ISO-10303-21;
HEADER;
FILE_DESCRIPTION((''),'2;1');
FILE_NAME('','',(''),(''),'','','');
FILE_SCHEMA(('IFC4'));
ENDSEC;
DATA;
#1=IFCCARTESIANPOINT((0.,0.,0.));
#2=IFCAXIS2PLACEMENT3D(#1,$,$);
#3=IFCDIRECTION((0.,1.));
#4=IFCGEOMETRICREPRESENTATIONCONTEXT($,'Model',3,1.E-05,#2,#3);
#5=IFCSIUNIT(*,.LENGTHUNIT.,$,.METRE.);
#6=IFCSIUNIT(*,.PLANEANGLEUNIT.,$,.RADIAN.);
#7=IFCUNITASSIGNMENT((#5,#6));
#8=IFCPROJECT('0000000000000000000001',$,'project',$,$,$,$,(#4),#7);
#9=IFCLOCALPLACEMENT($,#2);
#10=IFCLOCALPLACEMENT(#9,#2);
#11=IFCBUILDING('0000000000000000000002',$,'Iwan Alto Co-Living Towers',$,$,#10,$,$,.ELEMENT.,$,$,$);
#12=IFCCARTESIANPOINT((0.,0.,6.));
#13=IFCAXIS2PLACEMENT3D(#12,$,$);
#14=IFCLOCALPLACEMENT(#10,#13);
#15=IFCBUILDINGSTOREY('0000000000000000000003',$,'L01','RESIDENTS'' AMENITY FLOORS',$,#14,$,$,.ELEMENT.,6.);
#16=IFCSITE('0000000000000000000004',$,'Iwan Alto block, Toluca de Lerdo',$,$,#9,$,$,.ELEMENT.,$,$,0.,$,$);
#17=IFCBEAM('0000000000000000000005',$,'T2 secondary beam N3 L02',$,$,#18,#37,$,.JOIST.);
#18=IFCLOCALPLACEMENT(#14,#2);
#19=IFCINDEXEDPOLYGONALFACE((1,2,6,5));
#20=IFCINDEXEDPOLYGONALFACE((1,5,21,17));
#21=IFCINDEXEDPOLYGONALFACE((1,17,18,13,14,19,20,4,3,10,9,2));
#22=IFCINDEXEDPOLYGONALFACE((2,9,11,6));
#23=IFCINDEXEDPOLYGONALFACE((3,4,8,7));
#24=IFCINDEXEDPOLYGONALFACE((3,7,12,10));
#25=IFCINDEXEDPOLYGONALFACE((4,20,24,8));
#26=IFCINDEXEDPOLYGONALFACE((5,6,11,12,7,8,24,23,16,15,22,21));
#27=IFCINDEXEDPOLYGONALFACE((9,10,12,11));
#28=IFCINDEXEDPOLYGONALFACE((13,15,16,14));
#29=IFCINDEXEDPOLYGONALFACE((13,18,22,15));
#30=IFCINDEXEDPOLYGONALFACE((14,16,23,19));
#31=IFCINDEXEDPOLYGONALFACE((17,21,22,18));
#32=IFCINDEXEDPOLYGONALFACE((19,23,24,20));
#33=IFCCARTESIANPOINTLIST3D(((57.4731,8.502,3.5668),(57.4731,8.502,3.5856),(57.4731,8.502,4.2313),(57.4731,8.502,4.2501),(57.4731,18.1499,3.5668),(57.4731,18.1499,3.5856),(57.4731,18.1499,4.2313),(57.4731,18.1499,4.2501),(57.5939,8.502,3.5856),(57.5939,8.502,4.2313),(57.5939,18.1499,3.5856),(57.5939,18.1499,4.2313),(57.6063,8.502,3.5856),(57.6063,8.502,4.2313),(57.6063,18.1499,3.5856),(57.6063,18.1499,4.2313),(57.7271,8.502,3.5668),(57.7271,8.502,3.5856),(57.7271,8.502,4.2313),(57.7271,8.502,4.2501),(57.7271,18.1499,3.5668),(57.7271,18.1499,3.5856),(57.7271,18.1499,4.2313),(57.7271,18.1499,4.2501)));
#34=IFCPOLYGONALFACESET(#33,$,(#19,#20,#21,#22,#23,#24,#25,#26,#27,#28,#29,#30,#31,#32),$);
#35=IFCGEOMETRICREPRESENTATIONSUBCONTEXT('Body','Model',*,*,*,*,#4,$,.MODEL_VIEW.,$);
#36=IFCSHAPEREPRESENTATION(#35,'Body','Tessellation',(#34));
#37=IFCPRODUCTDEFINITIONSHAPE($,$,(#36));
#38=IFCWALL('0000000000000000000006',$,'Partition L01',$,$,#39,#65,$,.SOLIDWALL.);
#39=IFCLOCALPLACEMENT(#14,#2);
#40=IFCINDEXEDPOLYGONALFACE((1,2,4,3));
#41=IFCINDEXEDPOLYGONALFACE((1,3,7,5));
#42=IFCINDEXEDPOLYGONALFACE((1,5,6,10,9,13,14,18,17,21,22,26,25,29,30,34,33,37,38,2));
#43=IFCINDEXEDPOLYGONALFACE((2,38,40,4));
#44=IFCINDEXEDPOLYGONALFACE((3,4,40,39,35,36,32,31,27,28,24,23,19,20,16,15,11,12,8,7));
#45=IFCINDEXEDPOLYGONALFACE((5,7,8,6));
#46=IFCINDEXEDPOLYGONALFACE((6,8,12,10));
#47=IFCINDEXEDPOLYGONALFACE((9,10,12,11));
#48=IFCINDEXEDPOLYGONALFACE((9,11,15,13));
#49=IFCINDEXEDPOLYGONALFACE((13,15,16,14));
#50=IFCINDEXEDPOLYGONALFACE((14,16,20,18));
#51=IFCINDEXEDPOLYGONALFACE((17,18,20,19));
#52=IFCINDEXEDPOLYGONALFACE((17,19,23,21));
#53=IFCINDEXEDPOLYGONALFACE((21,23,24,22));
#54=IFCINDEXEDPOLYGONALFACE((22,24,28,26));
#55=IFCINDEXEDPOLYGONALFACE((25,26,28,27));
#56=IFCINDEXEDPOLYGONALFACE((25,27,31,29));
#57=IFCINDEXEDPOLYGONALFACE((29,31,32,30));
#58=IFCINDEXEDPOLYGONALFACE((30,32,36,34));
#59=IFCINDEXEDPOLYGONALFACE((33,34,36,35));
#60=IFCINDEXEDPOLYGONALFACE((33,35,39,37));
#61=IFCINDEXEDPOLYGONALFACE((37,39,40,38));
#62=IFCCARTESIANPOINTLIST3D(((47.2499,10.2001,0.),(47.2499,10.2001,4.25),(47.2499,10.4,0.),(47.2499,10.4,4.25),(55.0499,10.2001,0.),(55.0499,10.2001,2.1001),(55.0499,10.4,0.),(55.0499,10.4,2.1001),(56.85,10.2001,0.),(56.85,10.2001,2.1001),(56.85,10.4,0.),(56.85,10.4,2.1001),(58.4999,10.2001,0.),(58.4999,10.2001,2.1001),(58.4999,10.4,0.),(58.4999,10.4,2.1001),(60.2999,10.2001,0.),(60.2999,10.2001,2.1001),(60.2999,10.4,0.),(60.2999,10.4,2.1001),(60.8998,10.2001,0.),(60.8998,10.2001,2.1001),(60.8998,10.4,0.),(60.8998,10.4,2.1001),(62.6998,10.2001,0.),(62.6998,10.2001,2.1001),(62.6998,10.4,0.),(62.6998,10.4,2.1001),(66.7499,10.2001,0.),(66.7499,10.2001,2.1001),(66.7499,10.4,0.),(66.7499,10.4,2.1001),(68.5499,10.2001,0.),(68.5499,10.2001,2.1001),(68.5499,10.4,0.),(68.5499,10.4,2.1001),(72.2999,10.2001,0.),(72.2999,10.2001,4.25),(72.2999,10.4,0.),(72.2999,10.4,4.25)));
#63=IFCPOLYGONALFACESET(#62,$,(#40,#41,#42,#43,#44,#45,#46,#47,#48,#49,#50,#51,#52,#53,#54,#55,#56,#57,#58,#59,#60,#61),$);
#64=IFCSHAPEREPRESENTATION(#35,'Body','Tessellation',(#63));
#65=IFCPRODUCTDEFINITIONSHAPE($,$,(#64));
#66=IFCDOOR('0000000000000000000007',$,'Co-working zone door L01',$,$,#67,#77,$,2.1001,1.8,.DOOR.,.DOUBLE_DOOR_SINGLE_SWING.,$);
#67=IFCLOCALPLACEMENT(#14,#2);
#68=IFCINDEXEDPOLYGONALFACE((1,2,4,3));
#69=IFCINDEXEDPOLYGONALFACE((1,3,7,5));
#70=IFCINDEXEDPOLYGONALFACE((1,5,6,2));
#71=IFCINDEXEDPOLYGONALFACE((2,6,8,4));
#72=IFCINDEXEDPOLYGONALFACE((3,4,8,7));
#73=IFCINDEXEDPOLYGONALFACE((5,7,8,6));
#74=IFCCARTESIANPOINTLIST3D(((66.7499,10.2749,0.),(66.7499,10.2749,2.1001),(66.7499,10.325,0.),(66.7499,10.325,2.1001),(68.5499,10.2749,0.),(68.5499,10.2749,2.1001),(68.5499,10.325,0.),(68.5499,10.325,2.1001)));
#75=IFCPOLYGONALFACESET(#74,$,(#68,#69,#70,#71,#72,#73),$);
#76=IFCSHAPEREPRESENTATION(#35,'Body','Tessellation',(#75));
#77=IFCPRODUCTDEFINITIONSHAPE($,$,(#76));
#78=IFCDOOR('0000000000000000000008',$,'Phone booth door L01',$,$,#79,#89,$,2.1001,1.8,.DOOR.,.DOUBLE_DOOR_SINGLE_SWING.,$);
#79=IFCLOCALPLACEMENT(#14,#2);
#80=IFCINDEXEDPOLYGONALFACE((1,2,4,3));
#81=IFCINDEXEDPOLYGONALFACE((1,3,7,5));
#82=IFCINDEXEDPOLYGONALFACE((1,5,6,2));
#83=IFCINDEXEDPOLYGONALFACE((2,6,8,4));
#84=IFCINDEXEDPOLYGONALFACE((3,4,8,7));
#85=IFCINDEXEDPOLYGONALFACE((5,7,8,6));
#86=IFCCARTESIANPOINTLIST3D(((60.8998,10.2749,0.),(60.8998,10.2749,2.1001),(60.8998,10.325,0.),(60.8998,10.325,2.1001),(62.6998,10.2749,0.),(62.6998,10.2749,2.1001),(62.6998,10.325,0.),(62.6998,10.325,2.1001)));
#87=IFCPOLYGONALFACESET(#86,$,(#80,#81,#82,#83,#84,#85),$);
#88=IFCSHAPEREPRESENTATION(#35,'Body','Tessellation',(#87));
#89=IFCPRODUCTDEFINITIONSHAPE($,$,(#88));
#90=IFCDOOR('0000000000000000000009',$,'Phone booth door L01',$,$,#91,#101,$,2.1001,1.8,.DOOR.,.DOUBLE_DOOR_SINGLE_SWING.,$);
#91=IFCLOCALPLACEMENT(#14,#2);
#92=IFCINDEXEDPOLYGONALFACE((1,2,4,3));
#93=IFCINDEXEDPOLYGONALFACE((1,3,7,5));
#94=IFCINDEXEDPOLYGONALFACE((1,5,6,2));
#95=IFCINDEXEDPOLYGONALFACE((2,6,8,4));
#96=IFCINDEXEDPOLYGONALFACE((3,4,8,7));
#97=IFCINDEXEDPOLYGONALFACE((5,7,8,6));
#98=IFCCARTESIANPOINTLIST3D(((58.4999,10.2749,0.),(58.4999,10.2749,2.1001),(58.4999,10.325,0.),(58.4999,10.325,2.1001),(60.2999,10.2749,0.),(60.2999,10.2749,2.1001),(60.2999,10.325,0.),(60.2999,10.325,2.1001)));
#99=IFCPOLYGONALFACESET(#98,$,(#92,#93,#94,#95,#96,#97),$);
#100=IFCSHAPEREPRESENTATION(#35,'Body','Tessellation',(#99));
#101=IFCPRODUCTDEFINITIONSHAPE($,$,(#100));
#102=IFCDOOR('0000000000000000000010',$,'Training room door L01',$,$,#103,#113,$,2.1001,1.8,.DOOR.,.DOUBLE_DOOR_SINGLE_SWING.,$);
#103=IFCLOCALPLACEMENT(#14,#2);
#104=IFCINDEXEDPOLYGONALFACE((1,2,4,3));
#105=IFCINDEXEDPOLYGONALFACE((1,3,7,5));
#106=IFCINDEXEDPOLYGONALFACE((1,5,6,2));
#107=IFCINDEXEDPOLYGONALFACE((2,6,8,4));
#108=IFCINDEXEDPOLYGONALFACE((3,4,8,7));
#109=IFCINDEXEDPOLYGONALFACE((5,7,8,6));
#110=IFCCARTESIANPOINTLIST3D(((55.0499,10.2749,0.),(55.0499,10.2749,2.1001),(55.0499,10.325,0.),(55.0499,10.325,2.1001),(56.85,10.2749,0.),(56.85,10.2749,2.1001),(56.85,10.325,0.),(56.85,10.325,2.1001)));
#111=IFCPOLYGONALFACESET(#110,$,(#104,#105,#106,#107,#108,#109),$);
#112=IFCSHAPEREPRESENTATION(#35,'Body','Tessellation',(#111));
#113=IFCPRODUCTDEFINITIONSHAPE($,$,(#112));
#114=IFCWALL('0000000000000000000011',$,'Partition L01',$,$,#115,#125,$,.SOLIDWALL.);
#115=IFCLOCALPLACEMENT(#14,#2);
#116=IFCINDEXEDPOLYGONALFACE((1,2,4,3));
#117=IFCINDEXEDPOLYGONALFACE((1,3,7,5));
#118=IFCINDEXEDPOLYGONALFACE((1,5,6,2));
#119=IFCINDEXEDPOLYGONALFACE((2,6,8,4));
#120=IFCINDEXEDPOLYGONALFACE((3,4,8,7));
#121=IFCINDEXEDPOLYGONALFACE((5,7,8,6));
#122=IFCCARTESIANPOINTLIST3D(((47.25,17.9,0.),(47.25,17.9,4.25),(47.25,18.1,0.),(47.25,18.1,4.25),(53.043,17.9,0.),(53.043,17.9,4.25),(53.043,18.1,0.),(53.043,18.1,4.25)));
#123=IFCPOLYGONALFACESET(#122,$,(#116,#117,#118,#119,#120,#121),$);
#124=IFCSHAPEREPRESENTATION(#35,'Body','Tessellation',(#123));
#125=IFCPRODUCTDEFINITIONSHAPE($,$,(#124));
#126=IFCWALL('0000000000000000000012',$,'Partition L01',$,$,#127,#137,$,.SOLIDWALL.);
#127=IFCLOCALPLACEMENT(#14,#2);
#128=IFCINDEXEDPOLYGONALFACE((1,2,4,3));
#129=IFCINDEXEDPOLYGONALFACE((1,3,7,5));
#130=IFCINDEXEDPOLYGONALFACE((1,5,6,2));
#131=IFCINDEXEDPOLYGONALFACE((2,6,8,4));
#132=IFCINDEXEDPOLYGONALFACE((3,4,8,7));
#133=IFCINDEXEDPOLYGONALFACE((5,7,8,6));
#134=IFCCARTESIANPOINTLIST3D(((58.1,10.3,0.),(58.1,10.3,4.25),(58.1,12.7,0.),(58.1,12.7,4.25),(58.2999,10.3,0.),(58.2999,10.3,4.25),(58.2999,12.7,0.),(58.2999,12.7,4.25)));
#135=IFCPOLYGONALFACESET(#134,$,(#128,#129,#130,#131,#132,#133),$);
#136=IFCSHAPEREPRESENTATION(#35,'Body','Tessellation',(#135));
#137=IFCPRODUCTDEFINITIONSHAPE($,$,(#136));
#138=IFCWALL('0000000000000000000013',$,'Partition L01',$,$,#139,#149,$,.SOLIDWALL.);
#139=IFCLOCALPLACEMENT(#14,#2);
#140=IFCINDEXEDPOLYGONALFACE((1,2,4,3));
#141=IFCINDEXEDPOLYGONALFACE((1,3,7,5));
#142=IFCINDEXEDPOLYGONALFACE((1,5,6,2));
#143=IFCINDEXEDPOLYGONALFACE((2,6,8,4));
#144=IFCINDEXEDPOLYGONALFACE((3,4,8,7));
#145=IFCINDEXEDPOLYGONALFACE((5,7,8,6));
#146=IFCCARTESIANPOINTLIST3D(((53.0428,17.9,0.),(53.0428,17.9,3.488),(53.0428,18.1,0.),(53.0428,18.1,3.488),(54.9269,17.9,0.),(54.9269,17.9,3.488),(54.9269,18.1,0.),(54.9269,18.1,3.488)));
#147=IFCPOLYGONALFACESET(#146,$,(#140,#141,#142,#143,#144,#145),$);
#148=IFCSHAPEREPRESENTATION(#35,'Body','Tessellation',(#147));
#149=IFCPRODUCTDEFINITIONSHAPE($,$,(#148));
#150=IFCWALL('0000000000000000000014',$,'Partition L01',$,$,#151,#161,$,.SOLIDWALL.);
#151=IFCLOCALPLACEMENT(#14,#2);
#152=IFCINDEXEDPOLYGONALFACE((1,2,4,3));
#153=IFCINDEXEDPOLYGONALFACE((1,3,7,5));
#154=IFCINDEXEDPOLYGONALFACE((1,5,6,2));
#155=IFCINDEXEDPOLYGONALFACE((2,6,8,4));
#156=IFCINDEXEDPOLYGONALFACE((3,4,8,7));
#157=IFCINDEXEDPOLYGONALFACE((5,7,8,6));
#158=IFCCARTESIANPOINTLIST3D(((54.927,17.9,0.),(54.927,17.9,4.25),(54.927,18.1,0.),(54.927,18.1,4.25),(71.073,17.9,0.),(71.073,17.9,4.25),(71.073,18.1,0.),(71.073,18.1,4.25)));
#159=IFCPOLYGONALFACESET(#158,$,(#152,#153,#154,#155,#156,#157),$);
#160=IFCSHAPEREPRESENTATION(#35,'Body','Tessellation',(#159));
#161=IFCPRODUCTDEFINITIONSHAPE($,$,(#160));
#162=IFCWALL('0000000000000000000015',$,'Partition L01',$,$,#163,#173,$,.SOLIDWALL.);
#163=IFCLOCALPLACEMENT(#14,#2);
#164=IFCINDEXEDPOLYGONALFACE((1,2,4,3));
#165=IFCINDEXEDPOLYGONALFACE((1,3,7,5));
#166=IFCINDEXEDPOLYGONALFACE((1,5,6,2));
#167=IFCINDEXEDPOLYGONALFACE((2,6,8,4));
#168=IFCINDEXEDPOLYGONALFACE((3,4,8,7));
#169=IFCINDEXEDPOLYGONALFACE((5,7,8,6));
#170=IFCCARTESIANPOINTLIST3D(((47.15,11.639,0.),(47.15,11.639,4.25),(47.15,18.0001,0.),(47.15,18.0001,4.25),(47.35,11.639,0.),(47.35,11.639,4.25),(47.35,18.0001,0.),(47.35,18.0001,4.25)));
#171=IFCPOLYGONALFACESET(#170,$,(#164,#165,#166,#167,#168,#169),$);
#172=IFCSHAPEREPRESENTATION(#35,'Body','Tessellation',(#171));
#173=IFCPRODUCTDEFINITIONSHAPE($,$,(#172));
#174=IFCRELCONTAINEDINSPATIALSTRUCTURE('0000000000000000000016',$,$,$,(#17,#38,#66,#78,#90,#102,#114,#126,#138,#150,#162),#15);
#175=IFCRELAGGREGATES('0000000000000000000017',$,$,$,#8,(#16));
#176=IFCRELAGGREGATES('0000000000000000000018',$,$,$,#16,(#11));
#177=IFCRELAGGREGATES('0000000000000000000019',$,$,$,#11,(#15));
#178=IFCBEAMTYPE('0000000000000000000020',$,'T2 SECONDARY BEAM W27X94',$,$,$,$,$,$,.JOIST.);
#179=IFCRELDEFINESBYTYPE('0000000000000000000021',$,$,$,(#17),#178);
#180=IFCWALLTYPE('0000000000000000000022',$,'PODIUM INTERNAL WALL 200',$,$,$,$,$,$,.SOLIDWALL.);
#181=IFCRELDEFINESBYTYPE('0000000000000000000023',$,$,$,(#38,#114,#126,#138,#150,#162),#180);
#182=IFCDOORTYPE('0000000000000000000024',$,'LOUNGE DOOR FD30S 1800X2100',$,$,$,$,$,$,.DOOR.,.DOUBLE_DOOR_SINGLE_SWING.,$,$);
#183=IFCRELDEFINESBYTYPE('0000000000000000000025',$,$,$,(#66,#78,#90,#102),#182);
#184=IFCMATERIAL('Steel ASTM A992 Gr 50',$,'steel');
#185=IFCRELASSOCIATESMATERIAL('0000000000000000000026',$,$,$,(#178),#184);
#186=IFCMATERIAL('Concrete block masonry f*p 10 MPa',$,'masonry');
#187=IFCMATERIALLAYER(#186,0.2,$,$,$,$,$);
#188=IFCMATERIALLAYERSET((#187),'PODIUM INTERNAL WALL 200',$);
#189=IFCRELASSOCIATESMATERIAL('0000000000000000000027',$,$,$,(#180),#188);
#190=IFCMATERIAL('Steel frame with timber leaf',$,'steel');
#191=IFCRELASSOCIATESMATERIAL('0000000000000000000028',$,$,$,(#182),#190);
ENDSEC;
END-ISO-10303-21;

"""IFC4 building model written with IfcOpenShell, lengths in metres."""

from ifc_helpers import new_model, si_unit, direction, frame, frame_2d, origin, origin_2d, place, context, subcontext, project, spatial, rectangle, i_section, extrude, material, layer, layer_set, material_profile, profile_set, type_object, element, fill, save


model = new_model("IFC4")

# Units and contexts
model_context = context("Model", 3, precision=1e-05, world=origin(), true_north=direction((0.0, 1.0)))
body_context = subcontext(model_context, "Body", "Model", "MODEL_VIEW")
ifc_project = project(units=[si_unit("LENGTHUNIT", "METRE"), si_unit("PLANEANGLEUNIT", "RADIAN")], contexts=[model_context])

# Site, building, storey
site_placement = place(None, origin())
site = spatial("IfcSite", under=ifc_project, at=site_placement, Name="Iwan Alto block, Toluca de Lerdo", CompositionType="ELEMENT", RefElevation=0.0)
building_placement = place(site_placement, origin())
building = spatial("IfcBuilding", under=site, at=building_placement, Name="Iwan Alto Co-Living Towers", CompositionType="ELEMENT")
storey_placement = place(building_placement, frame((0.0, 0.0, 6.0)))
storey = spatial("IfcBuildingStorey", under=building, at=storey_placement, Name="L01", Description="RESIDENTS' AMENITY FLOORS", CompositionType="ELEMENT", Elevation=6.0)

# Beam
ifc_material_1 = material(Name="Steel ASTM A992 Gr 50", Category="steel")
ifc_material_profile_1 = material_profile(ifc_material_1, i_section(OverallWidth=0.2539, OverallDepth=0.6833, WebThickness=0.0125, FlangeThickness=0.0188, at=origin_2d()), Name="W27X94")
ifc_profile_set_1 = profile_set([ifc_material_profile_1], Name="Steel ASTM A992 Gr 50")
beam_type_1 = type_object("IfcBeamType", Name="T2 SECONDARY BEAM W27X94", PredefinedType="JOIST", material=ifc_profile_set_1)
beam_1_placement = place(storey_placement, frame((57.6001, 18.1499, 3.9084), z_axis=(0.0, -1.0, 0.0), x_axis=(1.0, 0.0, 0.0)))
element("IfcBeam", 1, at=beam_1_placement, inside=storey, type_object=beam_type_1, Name="T2 secondary beam N3 L02", PredefinedType="JOIST", context=body_context, shape_type="SweptSolid", body=[
    extrude(i_section(OverallWidth=0.2539, OverallDepth=0.6833, WebThickness=0.0125, FlangeThickness=0.0188, at=origin_2d()), origin(), (0.0, 0.0, 1.0), 9.6479),
])

# Wall, openings, doors
ifc_material_2 = material(Name="Concrete block masonry f*p 10 MPa", Category="masonry")
ifc_layer = layer(ifc_material_2, 0.2)
ifc_layer_set = layer_set([ifc_layer], Name="PODIUM INTERNAL WALL 200")
wall_type = type_object("IfcWallType", Name="PODIUM INTERNAL WALL 200", PredefinedType="SOLIDWALL", material=ifc_layer_set)
wall_1_placement = place(storey_placement, frame((47.25, 10.3, 0.0), z_axis=(0.0, 0.0, 1.0), x_axis=(1.0, 0.0, 0.0)))
wall_1 = element("IfcWall", 2, at=wall_1_placement, inside=storey, type_object=wall_type, Name="Partition L01", PredefinedType="SOLIDWALL", context=body_context, shape_type="SweptSolid", body=[
    extrude(rectangle(XDim=25.05, YDim=0.2, at=frame_2d((12.5249, 0.0))), origin(), (0.0, 0.0, 1.0), 4.25),
])
opening_1_placement = place(wall_1_placement, frame((19.5, 0.0, 0.0)))
opening_1 = element("IfcOpeningElement", 3, at=opening_1_placement, cuts=wall_1, PredefinedType="OPENING", context=body_context, shape_type="SweptSolid", body=[
    extrude(rectangle(XDim=1.8, YDim=2.1001, at=frame_2d((0.8999, 1.05))), frame((0.0, 0.1099, 0.0), z_axis=(0.0, -1.0, 0.0), x_axis=(1.0, 0.0, 0.0)), (0.0, 0.0, 1.0), 0.22),
])
opening_2_placement = place(wall_1_placement, frame((13.6499, 0.0, 0.0)))
opening_2 = element("IfcOpeningElement", 4, at=opening_2_placement, cuts=wall_1, PredefinedType="OPENING", context=body_context, shape_type="SweptSolid", body=[
    extrude(rectangle(XDim=1.8, YDim=2.1001, at=frame_2d((0.8999, 1.05))), frame((0.0, 0.1099, 0.0), z_axis=(0.0, -1.0, 0.0), x_axis=(1.0, 0.0, 0.0)), (0.0, 0.0, 1.0), 0.22),
])
opening_3_placement = place(wall_1_placement, frame((11.25, 0.0, 0.0)))
opening_3 = element("IfcOpeningElement", 5, at=opening_3_placement, cuts=wall_1, PredefinedType="OPENING", context=body_context, shape_type="SweptSolid", body=[
    extrude(rectangle(XDim=1.8, YDim=2.1001, at=frame_2d((0.8999, 1.05))), frame((0.0, 0.1099, 0.0), z_axis=(0.0, -1.0, 0.0), x_axis=(1.0, 0.0, 0.0)), (0.0, 0.0, 1.0), 0.22),
])
opening_4_placement = place(wall_1_placement, frame((7.8, 0.0, 0.0)))
opening_4 = element("IfcOpeningElement", 6, at=opening_4_placement, cuts=wall_1, PredefinedType="OPENING", context=body_context, shape_type="SweptSolid", body=[
    extrude(rectangle(XDim=1.8, YDim=2.1001, at=frame_2d((0.8999, 1.05))), frame((0.0, 0.1099, 0.0), z_axis=(0.0, -1.0, 0.0), x_axis=(1.0, 0.0, 0.0)), (0.0, 0.0, 1.0), 0.22),
])
ifc_material_3 = material(Name="Steel frame with timber leaf", Category="steel")
door_type = type_object("IfcDoorType", Name="LOUNGE DOOR FD30S 1800X2100", OperationType="DOUBLE_DOOR_SINGLE_SWING", PredefinedType="DOOR", material=ifc_material_3)
door_1_placement = place(opening_1_placement, origin())
door_1 = element("IfcDoor", 7, at=door_1_placement, inside=storey, type_object=door_type, Name="Co-working zone door L01", OperationType="DOUBLE_DOOR_SINGLE_SWING", OverallHeight=2.1001, OverallWidth=1.8, PredefinedType="DOOR", context=body_context, shape_type="SweptSolid", body=[
    extrude(rectangle(XDim=1.8, YDim=2.1001, at=frame_2d((0.8999, 1.05))), frame((0.0, 0.0249, 0.0), z_axis=(0.0, -1.0, 0.0), x_axis=(1.0, 0.0, 0.0)), (0.0, 0.0, 1.0), 0.05),
])
fill(opening_1, door_1)
door_2_placement = place(opening_2_placement, origin())
door_2 = element("IfcDoor", 8, at=door_2_placement, inside=storey, type_object=door_type, Name="Phone booth door L01", OperationType="DOUBLE_DOOR_SINGLE_SWING", OverallHeight=2.1001, OverallWidth=1.8, PredefinedType="DOOR", context=body_context, shape_type="SweptSolid", body=[
    extrude(rectangle(XDim=1.8, YDim=2.1001, at=frame_2d((0.8999, 1.05))), frame((0.0, 0.0249, 0.0), z_axis=(0.0, -1.0, 0.0), x_axis=(1.0, 0.0, 0.0)), (0.0, 0.0, 1.0), 0.05),
])
fill(opening_2, door_2)
door_3_placement = place(opening_3_placement, origin())
door_3 = element("IfcDoor", 9, at=door_3_placement, inside=storey, type_object=door_type, Name="Phone booth door L01", OperationType="DOUBLE_DOOR_SINGLE_SWING", OverallHeight=2.1001, OverallWidth=1.8, PredefinedType="DOOR", context=body_context, shape_type="SweptSolid", body=[
    extrude(rectangle(XDim=1.8, YDim=2.1001, at=frame_2d((0.8999, 1.05))), frame((0.0, 0.0249, 0.0), z_axis=(0.0, -1.0, 0.0), x_axis=(1.0, 0.0, 0.0)), (0.0, 0.0, 1.0), 0.05),
])
fill(opening_3, door_3)
door_4_placement = place(opening_4_placement, origin())
door_4 = element("IfcDoor", 10, at=door_4_placement, inside=storey, type_object=door_type, Name="Training room door L01", OperationType="DOUBLE_DOOR_SINGLE_SWING", OverallHeight=2.1001, OverallWidth=1.8, PredefinedType="DOOR", context=body_context, shape_type="SweptSolid", body=[
    extrude(rectangle(XDim=1.8, YDim=2.1001, at=frame_2d((0.8999, 1.05))), frame((0.0, 0.0249, 0.0), z_axis=(0.0, -1.0, 0.0), x_axis=(1.0, 0.0, 0.0)), (0.0, 0.0, 1.0), 0.05),
])
fill(opening_4, door_4)

# Walls
wall_2_placement = place(storey_placement, frame((47.25, 18.0, 0.0), z_axis=(0.0, 0.0, 1.0), x_axis=(1.0, 0.0, 0.0)))
element("IfcWall", 11, at=wall_2_placement, inside=storey, type_object=wall_type, Name="Partition L01", PredefinedType="SOLIDWALL", context=body_context, shape_type="SweptSolid", body=[
    extrude(rectangle(XDim=5.793, YDim=0.2, at=frame_2d((2.8965, 0.0))), origin(), (0.0, 0.0, 1.0), 4.25),
])
wall_3_placement = place(storey_placement, frame((58.2, 10.3, 0.0), z_axis=(0.0, 0.0, 1.0), x_axis=(0.0, 1.0, 0.0)))
element("IfcWall", 12, at=wall_3_placement, inside=storey, type_object=wall_type, Name="Partition L01", PredefinedType="SOLIDWALL", context=body_context, shape_type="SweptSolid", body=[
    extrude(rectangle(XDim=2.3999, YDim=0.2, at=frame_2d((1.2, 0.0))), origin(), (0.0, 0.0, 1.0), 4.25),
])
wall_4_placement = place(storey_placement, frame((53.043, 18.0, 0.0), z_axis=(0.0, 0.0, 1.0), x_axis=(1.0, 0.0, 0.0)))
element("IfcWall", 13, at=wall_4_placement, inside=storey, type_object=wall_type, Name="Partition L01", PredefinedType="SOLIDWALL", context=body_context, shape_type="SweptSolid", body=[
    extrude(rectangle(XDim=1.884, YDim=0.2, at=frame_2d((0.9419, 0.0))), origin(), (0.0, 0.0, 1.0), 3.488),
])
wall_5_placement = place(storey_placement, frame((54.927, 18.0, 0.0), z_axis=(0.0, 0.0, 1.0), x_axis=(1.0, 0.0, 0.0)))
element("IfcWall", 14, at=wall_5_placement, inside=storey, type_object=wall_type, Name="Partition L01", PredefinedType="SOLIDWALL", context=body_context, shape_type="SweptSolid", body=[
    extrude(rectangle(XDim=16.146, YDim=0.2, at=frame_2d((8.073, 0.0))), origin(), (0.0, 0.0, 1.0), 4.25),
])
wall_6_placement = place(storey_placement, frame((47.25, 11.6389, 0.0), z_axis=(0.0, 0.0, 1.0), x_axis=(0.0, 1.0, 0.0)))
element("IfcWall", 15, at=wall_6_placement, inside=storey, type_object=wall_type, Name="Partition L01", PredefinedType="SOLIDWALL", context=body_context, shape_type="SweptSolid", body=[
    extrude(rectangle(XDim=6.3611, YDim=0.2, at=frame_2d((3.1807, 0.0))), origin(), (0.0, 0.0, 1.0), 4.25),
])

save(model, "model.ifc")
